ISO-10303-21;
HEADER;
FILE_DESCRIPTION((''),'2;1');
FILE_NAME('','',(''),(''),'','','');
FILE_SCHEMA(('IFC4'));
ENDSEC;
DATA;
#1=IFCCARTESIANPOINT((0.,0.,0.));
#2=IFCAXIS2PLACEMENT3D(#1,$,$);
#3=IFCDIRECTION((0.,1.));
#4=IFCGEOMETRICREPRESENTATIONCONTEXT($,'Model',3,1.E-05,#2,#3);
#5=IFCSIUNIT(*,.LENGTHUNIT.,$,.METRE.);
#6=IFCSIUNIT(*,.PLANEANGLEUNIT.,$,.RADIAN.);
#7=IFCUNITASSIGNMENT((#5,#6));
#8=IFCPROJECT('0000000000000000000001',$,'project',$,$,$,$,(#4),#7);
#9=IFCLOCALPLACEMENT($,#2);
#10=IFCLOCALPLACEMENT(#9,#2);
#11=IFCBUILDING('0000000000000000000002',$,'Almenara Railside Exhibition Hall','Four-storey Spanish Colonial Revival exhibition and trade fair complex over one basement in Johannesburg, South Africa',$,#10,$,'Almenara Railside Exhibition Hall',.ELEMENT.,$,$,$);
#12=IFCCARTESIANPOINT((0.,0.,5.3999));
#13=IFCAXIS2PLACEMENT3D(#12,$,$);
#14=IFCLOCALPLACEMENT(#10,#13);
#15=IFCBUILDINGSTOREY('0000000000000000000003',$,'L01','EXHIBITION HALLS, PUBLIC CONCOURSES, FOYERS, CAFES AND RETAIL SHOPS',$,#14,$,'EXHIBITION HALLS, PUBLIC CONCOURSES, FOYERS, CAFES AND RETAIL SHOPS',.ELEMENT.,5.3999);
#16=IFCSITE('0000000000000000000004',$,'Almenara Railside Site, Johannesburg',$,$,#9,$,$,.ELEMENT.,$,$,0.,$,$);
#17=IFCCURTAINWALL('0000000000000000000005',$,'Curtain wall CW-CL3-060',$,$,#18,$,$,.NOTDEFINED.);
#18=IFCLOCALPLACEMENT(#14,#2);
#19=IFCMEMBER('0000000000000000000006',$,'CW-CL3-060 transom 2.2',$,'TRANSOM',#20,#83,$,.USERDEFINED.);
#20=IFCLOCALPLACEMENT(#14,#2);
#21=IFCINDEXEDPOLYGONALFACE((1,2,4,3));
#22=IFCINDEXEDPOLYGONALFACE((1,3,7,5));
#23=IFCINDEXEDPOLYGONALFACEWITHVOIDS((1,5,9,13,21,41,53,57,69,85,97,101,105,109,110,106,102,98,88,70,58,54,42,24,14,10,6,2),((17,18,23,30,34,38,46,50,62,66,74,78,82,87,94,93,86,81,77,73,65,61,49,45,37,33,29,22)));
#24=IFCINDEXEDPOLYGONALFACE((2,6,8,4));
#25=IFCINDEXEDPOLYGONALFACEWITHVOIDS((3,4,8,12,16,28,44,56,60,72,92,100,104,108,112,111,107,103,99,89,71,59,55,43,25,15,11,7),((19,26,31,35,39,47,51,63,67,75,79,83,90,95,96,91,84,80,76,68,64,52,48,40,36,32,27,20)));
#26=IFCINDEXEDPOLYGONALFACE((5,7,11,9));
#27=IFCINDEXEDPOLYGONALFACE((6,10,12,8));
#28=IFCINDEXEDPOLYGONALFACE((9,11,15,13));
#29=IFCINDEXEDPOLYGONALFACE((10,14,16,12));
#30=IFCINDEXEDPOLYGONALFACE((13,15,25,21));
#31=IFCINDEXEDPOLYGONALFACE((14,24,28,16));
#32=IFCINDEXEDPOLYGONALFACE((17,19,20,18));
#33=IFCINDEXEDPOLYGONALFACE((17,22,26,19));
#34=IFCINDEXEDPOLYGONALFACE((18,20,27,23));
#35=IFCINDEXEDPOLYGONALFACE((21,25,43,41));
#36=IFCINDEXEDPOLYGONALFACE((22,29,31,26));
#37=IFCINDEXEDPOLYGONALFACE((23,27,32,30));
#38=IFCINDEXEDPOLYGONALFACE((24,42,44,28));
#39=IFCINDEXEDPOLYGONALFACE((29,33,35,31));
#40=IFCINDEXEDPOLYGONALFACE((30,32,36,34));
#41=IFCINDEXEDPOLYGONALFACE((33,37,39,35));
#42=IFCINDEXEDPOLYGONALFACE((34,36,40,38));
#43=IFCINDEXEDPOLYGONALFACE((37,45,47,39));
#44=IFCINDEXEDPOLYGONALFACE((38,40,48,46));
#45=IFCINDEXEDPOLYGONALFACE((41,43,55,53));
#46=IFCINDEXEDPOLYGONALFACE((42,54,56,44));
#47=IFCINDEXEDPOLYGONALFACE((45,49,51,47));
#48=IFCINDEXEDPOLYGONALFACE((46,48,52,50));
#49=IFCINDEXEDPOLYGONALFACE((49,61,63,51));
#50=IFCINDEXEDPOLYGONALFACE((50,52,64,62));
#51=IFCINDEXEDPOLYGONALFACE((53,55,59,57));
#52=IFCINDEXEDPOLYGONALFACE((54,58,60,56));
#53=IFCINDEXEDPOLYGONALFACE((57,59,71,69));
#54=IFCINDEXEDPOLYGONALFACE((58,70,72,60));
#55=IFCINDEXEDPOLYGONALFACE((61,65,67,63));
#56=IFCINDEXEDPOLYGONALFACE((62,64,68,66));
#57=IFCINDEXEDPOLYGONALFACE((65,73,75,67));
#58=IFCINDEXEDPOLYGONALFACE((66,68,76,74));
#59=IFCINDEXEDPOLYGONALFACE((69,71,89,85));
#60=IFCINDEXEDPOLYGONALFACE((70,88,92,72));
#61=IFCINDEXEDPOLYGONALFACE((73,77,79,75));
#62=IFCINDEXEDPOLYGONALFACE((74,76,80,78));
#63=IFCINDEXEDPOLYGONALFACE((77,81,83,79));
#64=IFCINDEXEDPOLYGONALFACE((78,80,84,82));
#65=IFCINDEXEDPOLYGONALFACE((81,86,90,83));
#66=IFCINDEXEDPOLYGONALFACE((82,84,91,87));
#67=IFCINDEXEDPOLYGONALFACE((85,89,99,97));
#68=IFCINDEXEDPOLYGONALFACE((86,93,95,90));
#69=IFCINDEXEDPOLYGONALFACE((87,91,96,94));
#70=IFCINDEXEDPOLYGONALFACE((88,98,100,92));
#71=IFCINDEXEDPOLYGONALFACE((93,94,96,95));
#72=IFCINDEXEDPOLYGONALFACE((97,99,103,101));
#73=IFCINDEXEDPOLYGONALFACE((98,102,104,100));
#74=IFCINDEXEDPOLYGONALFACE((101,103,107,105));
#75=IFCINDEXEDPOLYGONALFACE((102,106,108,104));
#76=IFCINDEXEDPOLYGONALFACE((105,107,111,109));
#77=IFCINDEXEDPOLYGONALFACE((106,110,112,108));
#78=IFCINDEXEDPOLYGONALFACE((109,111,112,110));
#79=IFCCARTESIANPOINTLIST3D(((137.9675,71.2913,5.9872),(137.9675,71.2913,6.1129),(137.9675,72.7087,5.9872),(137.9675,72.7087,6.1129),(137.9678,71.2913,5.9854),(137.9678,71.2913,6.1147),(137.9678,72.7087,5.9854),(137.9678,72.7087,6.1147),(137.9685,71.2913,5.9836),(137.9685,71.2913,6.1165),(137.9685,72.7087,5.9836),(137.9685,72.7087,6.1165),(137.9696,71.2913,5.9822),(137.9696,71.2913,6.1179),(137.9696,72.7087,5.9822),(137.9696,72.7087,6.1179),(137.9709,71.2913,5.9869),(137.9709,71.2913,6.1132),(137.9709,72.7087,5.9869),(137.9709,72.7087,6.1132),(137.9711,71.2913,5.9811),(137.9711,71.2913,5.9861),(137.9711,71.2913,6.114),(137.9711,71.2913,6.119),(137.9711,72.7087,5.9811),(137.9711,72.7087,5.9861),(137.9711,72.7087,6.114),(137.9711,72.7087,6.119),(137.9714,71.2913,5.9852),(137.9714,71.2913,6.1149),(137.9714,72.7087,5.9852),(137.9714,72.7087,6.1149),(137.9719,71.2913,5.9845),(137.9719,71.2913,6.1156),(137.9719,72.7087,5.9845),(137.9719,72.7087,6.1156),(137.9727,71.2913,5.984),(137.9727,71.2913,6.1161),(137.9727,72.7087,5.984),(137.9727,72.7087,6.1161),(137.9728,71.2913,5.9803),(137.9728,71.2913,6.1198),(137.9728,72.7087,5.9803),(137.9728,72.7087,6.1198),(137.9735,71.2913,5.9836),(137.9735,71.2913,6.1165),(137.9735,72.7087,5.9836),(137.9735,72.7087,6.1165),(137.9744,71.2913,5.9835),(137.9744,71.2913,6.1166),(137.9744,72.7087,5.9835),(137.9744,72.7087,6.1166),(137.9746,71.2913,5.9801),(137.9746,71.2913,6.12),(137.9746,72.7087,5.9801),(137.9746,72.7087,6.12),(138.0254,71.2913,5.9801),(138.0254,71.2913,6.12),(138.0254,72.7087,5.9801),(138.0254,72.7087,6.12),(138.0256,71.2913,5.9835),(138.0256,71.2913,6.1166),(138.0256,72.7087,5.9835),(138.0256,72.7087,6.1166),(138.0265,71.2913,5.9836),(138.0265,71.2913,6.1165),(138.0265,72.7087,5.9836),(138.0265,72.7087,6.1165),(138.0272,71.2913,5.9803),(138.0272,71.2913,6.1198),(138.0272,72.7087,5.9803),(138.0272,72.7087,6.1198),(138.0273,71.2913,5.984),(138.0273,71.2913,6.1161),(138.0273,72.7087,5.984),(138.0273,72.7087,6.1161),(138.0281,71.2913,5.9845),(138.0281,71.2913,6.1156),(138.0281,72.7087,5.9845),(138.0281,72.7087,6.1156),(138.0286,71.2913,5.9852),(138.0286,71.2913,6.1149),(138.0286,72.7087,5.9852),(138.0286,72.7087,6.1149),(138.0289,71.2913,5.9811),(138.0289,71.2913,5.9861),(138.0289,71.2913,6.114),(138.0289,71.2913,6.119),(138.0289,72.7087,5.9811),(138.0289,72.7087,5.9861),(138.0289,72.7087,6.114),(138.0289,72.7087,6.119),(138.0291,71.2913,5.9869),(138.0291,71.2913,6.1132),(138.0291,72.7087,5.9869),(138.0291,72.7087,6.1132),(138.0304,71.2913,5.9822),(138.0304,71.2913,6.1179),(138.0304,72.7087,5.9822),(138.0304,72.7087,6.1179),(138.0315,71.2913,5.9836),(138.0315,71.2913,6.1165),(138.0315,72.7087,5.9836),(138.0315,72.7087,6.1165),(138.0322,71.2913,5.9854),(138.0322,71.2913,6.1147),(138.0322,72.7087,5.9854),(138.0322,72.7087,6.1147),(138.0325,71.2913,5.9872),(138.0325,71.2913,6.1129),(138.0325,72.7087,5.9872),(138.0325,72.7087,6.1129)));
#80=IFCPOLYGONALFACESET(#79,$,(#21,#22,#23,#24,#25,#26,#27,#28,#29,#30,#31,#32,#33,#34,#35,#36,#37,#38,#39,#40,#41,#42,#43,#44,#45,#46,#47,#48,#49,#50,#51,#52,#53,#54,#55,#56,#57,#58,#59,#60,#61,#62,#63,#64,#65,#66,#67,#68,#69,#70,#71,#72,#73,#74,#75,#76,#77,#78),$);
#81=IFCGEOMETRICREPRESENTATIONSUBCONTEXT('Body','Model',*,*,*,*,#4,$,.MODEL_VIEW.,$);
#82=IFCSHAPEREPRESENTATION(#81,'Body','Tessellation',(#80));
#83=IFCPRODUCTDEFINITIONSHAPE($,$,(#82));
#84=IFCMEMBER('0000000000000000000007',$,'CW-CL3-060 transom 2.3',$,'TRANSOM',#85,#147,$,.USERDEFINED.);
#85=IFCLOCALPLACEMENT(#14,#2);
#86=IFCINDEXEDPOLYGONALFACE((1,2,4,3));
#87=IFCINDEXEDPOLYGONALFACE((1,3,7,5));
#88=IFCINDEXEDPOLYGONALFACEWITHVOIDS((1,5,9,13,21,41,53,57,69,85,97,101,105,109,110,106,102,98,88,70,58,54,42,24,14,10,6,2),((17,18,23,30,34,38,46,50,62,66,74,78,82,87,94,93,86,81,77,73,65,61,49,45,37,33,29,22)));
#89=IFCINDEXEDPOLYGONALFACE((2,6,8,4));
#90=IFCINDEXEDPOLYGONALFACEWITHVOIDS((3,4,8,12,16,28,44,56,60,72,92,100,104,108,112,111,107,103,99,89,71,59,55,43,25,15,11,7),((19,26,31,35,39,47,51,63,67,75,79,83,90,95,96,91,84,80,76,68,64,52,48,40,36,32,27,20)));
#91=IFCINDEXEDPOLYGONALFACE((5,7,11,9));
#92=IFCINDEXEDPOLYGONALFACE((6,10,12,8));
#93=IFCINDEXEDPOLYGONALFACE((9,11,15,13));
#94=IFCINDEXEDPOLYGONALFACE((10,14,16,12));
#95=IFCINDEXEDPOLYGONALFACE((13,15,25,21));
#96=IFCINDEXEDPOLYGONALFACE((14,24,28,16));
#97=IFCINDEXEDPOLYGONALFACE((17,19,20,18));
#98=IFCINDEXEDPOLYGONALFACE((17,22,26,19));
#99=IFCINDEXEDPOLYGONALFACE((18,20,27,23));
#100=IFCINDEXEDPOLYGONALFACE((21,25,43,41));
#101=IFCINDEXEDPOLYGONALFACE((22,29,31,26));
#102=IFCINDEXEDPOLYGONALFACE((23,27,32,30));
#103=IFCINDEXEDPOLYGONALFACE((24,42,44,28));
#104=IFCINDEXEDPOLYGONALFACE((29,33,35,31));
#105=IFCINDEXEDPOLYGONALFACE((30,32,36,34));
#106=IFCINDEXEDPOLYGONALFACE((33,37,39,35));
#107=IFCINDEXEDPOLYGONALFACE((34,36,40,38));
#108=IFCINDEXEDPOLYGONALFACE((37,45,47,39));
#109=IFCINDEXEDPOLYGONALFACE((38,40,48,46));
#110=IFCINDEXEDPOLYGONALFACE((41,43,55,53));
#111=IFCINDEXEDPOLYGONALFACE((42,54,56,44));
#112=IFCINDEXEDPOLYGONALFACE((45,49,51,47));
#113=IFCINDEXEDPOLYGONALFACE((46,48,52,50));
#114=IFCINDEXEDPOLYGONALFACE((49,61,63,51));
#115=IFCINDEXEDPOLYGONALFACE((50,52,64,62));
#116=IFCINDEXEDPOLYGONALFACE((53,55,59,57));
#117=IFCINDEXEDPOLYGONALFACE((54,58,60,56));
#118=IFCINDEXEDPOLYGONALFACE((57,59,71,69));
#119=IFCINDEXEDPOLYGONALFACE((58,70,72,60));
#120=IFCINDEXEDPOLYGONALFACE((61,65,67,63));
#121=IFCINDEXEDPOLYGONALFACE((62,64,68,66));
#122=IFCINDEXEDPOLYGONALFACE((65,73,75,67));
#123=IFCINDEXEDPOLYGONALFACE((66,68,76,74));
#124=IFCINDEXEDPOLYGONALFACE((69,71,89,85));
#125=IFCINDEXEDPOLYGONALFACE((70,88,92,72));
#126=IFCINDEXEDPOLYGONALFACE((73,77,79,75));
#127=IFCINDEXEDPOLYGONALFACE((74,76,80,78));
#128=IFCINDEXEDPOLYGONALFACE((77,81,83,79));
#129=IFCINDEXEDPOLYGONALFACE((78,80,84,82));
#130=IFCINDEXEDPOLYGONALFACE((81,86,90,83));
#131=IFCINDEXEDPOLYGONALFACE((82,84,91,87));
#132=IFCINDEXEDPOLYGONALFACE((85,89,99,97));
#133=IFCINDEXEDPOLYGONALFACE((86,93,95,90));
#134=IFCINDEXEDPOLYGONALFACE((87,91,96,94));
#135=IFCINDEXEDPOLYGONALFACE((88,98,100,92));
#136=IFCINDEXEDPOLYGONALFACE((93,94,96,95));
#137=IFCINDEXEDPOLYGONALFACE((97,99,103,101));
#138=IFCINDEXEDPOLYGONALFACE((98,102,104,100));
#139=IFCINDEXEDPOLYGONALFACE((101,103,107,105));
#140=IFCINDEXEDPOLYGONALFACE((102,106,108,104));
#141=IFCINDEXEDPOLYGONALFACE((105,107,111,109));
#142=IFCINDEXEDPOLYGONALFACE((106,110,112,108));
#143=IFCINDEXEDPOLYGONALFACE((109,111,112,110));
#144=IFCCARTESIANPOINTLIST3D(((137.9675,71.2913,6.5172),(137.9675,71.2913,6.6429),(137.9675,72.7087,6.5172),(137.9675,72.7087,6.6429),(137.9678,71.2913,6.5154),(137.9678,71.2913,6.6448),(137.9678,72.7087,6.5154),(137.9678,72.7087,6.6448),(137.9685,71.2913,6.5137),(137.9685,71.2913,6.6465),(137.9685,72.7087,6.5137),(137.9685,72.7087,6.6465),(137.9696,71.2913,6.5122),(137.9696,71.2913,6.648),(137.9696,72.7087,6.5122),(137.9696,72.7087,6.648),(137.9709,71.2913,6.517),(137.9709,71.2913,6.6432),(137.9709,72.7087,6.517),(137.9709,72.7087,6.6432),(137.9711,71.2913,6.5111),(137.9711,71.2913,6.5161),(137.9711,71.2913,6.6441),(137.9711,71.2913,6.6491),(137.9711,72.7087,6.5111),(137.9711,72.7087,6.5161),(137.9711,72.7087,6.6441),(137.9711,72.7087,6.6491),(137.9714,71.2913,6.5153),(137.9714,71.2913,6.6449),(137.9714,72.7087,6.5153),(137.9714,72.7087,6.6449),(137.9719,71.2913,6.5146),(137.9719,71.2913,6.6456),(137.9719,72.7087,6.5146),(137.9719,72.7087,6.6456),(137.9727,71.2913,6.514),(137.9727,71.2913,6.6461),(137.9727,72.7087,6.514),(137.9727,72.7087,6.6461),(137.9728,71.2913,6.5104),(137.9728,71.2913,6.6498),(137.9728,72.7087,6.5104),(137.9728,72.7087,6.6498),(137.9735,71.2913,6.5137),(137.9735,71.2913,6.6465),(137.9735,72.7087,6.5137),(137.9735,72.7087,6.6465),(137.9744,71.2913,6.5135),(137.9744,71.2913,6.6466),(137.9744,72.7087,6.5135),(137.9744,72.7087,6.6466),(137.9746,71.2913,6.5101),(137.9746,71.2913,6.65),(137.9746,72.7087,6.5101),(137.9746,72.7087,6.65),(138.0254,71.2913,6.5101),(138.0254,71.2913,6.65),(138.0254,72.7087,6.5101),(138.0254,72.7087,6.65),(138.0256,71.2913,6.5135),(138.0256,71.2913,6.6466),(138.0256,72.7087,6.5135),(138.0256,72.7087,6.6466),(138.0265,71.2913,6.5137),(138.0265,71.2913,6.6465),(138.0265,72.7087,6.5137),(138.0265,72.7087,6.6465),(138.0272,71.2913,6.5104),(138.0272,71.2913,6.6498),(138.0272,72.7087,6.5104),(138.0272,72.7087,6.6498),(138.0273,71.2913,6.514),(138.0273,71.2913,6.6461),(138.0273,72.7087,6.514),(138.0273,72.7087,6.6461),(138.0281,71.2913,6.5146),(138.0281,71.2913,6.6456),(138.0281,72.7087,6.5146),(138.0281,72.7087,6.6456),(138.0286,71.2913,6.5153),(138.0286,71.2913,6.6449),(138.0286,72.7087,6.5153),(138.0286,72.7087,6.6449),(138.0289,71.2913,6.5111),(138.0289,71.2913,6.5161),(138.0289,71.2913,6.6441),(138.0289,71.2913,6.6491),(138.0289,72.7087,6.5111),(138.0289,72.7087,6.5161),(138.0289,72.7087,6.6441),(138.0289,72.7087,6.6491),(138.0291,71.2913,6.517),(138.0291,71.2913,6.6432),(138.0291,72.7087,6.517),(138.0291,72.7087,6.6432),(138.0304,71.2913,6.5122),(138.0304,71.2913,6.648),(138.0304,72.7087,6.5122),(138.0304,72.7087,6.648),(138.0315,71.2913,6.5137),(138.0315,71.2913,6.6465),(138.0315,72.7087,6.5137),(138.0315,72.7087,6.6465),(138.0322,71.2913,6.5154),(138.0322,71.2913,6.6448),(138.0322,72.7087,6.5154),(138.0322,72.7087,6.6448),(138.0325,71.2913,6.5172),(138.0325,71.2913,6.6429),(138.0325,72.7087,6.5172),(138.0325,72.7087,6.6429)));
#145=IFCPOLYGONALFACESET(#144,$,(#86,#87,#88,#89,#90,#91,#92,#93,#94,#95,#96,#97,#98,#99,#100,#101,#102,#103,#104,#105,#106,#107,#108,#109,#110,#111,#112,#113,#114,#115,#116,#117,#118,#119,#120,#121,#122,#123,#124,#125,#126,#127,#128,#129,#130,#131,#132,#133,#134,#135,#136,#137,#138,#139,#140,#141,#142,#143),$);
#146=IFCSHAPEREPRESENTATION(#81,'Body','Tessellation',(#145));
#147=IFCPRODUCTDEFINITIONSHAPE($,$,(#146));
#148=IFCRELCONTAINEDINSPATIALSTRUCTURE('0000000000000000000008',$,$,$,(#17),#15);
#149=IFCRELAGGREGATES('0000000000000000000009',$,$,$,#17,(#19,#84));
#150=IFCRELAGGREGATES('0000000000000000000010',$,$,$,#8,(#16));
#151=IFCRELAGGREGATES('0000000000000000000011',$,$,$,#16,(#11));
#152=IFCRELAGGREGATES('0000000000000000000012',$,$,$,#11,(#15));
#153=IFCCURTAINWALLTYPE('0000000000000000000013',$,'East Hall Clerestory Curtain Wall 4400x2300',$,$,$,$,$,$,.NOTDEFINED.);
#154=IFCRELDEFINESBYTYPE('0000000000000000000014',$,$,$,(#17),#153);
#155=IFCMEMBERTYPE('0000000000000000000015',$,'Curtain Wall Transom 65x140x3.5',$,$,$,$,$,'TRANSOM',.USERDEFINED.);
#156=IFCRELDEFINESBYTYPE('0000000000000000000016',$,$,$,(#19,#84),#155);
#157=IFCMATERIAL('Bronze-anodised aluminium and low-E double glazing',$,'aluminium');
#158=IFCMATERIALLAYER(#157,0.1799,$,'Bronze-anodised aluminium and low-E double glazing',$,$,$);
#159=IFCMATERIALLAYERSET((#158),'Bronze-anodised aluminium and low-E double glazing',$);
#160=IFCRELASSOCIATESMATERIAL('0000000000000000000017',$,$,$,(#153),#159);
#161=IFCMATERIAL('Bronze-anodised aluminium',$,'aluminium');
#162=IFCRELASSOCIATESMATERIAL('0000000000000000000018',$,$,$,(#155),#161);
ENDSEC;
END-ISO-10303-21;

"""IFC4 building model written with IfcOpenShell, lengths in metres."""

from ifc_helpers import new_model, si_unit, direction, frame, origin, origin_2d, place, context, subcontext, project, spatial, hollow_rectangle, extrude, material, layer, layer_set, material_profile, profile_set, type_object, element, aggregate, save


model = new_model("IFC4")

# Units and contexts
model_context = context("Model", 3, precision=1e-05, world=origin(), true_north=direction((0.0, 1.0)))
body_context = subcontext(model_context, "Body", "Model", "MODEL_VIEW")
ifc_project = project(units=[si_unit("LENGTHUNIT", "METRE"), si_unit("PLANEANGLEUNIT", "RADIAN")], contexts=[model_context])

# Site, building, storey
site_placement = place(None, origin())
site = spatial("IfcSite", under=ifc_project, at=site_placement, Name="Almenara Railside Site, Johannesburg", CompositionType="ELEMENT", RefElevation=0.0)
building_placement = place(site_placement, origin())
building = spatial("IfcBuilding", under=site, at=building_placement, Name="Almenara Railside Exhibition Hall", Description="Four-storey Spanish Colonial Revival exhibition and trade fair complex over one basement in Johannesburg, South Africa", LongName="Almenara Railside Exhibition Hall", CompositionType="ELEMENT")
storey_placement = place(building_placement, frame((0.0, 0.0, 5.3999)))
storey = spatial("IfcBuildingStorey", under=building, at=storey_placement, Name="L01", Description="EXHIBITION HALLS, PUBLIC CONCOURSES, FOYERS, CAFES AND RETAIL SHOPS", LongName="EXHIBITION HALLS, PUBLIC CONCOURSES, FOYERS, CAFES AND RETAIL SHOPS", CompositionType="ELEMENT", Elevation=5.3999)

# Curtain wall
ifc_material_1 = material(Name="Bronze-anodised aluminium and low-E double glazing", Category="aluminium")
ifc_layer_1 = layer(ifc_material_1, 0.1799, Name="Bronze-anodised aluminium and low-E double glazing")
ifc_layer_set_1 = layer_set([ifc_layer_1], Name="Bronze-anodised aluminium and low-E double glazing")
curtain_wall_type_1 = type_object("IfcCurtainWallType", Name="East Hall Clerestory Curtain Wall 4400x2300", PredefinedType="NOTDEFINED", material=ifc_layer_set_1)
curtain_wall_1_placement = place(storey_placement, origin())
curtain_wall_1 = element("IfcCurtainWall", 1, at=curtain_wall_1_placement, inside=storey, type_object=curtain_wall_type_1, Name="Curtain wall CW-CL3-060", PredefinedType="NOTDEFINED")
ifc_material_2 = material(Name="Bronze-anodised aluminium", Category="aluminium")

# Members
ifc_material_profile_1 = material_profile(ifc_material_2, hollow_rectangle(XDim=0.0649, YDim=0.1399, WallThickness=0.0034, InnerFilletRadius=0.0034, OuterFilletRadius=0.0071, at=origin_2d()), Name="ALU-TRN 65x140x3.5")
ifc_profile_set_1 = profile_set([ifc_material_profile_1], Name="Bronze-anodised aluminium")
member_type_1 = type_object("IfcMemberType", Name="Curtain Wall Transom 65x140x3.5", ElementType="TRANSOM", PredefinedType="USERDEFINED", material=ifc_profile_set_1)
member_1_placement = place(storey_placement, frame((138.0, 71.2913, 6.05), z_axis=(0.0, 1.0, 0.0), x_axis=(-1.0, 0.0, 0.0)))
member_1 = element("IfcMember", 2, at=member_1_placement, type_object=member_type_1, Name="CW-CL3-060 transom 2.2", ObjectType="TRANSOM", PredefinedType="USERDEFINED", context=body_context, shape_type="SweptSolid", body=[
    extrude(hollow_rectangle(XDim=0.0649, YDim=0.1399, WallThickness=0.0034, InnerFilletRadius=0.0034, OuterFilletRadius=0.0071, at=origin_2d()), origin(), (0.0, 0.0, 1.0), 1.4175),
])
member_2_placement = place(storey_placement, frame((138.0, 71.2913, 6.5801), z_axis=(0.0, 1.0, 0.0), x_axis=(-1.0, 0.0, 0.0)))
member_2 = element("IfcMember", 3, at=member_2_placement, type_object=member_type_1, Name="CW-CL3-060 transom 2.3", ObjectType="TRANSOM", PredefinedType="USERDEFINED", context=body_context, shape_type="SweptSolid", body=[
    extrude(hollow_rectangle(XDim=0.0649, YDim=0.1399, WallThickness=0.0034, InnerFilletRadius=0.0034, OuterFilletRadius=0.0071, at=origin_2d()), origin(), (0.0, 0.0, 1.0), 1.4175),
])

aggregate(curtain_wall_1, [member_1, member_2])

save(model, "model.ifc")
